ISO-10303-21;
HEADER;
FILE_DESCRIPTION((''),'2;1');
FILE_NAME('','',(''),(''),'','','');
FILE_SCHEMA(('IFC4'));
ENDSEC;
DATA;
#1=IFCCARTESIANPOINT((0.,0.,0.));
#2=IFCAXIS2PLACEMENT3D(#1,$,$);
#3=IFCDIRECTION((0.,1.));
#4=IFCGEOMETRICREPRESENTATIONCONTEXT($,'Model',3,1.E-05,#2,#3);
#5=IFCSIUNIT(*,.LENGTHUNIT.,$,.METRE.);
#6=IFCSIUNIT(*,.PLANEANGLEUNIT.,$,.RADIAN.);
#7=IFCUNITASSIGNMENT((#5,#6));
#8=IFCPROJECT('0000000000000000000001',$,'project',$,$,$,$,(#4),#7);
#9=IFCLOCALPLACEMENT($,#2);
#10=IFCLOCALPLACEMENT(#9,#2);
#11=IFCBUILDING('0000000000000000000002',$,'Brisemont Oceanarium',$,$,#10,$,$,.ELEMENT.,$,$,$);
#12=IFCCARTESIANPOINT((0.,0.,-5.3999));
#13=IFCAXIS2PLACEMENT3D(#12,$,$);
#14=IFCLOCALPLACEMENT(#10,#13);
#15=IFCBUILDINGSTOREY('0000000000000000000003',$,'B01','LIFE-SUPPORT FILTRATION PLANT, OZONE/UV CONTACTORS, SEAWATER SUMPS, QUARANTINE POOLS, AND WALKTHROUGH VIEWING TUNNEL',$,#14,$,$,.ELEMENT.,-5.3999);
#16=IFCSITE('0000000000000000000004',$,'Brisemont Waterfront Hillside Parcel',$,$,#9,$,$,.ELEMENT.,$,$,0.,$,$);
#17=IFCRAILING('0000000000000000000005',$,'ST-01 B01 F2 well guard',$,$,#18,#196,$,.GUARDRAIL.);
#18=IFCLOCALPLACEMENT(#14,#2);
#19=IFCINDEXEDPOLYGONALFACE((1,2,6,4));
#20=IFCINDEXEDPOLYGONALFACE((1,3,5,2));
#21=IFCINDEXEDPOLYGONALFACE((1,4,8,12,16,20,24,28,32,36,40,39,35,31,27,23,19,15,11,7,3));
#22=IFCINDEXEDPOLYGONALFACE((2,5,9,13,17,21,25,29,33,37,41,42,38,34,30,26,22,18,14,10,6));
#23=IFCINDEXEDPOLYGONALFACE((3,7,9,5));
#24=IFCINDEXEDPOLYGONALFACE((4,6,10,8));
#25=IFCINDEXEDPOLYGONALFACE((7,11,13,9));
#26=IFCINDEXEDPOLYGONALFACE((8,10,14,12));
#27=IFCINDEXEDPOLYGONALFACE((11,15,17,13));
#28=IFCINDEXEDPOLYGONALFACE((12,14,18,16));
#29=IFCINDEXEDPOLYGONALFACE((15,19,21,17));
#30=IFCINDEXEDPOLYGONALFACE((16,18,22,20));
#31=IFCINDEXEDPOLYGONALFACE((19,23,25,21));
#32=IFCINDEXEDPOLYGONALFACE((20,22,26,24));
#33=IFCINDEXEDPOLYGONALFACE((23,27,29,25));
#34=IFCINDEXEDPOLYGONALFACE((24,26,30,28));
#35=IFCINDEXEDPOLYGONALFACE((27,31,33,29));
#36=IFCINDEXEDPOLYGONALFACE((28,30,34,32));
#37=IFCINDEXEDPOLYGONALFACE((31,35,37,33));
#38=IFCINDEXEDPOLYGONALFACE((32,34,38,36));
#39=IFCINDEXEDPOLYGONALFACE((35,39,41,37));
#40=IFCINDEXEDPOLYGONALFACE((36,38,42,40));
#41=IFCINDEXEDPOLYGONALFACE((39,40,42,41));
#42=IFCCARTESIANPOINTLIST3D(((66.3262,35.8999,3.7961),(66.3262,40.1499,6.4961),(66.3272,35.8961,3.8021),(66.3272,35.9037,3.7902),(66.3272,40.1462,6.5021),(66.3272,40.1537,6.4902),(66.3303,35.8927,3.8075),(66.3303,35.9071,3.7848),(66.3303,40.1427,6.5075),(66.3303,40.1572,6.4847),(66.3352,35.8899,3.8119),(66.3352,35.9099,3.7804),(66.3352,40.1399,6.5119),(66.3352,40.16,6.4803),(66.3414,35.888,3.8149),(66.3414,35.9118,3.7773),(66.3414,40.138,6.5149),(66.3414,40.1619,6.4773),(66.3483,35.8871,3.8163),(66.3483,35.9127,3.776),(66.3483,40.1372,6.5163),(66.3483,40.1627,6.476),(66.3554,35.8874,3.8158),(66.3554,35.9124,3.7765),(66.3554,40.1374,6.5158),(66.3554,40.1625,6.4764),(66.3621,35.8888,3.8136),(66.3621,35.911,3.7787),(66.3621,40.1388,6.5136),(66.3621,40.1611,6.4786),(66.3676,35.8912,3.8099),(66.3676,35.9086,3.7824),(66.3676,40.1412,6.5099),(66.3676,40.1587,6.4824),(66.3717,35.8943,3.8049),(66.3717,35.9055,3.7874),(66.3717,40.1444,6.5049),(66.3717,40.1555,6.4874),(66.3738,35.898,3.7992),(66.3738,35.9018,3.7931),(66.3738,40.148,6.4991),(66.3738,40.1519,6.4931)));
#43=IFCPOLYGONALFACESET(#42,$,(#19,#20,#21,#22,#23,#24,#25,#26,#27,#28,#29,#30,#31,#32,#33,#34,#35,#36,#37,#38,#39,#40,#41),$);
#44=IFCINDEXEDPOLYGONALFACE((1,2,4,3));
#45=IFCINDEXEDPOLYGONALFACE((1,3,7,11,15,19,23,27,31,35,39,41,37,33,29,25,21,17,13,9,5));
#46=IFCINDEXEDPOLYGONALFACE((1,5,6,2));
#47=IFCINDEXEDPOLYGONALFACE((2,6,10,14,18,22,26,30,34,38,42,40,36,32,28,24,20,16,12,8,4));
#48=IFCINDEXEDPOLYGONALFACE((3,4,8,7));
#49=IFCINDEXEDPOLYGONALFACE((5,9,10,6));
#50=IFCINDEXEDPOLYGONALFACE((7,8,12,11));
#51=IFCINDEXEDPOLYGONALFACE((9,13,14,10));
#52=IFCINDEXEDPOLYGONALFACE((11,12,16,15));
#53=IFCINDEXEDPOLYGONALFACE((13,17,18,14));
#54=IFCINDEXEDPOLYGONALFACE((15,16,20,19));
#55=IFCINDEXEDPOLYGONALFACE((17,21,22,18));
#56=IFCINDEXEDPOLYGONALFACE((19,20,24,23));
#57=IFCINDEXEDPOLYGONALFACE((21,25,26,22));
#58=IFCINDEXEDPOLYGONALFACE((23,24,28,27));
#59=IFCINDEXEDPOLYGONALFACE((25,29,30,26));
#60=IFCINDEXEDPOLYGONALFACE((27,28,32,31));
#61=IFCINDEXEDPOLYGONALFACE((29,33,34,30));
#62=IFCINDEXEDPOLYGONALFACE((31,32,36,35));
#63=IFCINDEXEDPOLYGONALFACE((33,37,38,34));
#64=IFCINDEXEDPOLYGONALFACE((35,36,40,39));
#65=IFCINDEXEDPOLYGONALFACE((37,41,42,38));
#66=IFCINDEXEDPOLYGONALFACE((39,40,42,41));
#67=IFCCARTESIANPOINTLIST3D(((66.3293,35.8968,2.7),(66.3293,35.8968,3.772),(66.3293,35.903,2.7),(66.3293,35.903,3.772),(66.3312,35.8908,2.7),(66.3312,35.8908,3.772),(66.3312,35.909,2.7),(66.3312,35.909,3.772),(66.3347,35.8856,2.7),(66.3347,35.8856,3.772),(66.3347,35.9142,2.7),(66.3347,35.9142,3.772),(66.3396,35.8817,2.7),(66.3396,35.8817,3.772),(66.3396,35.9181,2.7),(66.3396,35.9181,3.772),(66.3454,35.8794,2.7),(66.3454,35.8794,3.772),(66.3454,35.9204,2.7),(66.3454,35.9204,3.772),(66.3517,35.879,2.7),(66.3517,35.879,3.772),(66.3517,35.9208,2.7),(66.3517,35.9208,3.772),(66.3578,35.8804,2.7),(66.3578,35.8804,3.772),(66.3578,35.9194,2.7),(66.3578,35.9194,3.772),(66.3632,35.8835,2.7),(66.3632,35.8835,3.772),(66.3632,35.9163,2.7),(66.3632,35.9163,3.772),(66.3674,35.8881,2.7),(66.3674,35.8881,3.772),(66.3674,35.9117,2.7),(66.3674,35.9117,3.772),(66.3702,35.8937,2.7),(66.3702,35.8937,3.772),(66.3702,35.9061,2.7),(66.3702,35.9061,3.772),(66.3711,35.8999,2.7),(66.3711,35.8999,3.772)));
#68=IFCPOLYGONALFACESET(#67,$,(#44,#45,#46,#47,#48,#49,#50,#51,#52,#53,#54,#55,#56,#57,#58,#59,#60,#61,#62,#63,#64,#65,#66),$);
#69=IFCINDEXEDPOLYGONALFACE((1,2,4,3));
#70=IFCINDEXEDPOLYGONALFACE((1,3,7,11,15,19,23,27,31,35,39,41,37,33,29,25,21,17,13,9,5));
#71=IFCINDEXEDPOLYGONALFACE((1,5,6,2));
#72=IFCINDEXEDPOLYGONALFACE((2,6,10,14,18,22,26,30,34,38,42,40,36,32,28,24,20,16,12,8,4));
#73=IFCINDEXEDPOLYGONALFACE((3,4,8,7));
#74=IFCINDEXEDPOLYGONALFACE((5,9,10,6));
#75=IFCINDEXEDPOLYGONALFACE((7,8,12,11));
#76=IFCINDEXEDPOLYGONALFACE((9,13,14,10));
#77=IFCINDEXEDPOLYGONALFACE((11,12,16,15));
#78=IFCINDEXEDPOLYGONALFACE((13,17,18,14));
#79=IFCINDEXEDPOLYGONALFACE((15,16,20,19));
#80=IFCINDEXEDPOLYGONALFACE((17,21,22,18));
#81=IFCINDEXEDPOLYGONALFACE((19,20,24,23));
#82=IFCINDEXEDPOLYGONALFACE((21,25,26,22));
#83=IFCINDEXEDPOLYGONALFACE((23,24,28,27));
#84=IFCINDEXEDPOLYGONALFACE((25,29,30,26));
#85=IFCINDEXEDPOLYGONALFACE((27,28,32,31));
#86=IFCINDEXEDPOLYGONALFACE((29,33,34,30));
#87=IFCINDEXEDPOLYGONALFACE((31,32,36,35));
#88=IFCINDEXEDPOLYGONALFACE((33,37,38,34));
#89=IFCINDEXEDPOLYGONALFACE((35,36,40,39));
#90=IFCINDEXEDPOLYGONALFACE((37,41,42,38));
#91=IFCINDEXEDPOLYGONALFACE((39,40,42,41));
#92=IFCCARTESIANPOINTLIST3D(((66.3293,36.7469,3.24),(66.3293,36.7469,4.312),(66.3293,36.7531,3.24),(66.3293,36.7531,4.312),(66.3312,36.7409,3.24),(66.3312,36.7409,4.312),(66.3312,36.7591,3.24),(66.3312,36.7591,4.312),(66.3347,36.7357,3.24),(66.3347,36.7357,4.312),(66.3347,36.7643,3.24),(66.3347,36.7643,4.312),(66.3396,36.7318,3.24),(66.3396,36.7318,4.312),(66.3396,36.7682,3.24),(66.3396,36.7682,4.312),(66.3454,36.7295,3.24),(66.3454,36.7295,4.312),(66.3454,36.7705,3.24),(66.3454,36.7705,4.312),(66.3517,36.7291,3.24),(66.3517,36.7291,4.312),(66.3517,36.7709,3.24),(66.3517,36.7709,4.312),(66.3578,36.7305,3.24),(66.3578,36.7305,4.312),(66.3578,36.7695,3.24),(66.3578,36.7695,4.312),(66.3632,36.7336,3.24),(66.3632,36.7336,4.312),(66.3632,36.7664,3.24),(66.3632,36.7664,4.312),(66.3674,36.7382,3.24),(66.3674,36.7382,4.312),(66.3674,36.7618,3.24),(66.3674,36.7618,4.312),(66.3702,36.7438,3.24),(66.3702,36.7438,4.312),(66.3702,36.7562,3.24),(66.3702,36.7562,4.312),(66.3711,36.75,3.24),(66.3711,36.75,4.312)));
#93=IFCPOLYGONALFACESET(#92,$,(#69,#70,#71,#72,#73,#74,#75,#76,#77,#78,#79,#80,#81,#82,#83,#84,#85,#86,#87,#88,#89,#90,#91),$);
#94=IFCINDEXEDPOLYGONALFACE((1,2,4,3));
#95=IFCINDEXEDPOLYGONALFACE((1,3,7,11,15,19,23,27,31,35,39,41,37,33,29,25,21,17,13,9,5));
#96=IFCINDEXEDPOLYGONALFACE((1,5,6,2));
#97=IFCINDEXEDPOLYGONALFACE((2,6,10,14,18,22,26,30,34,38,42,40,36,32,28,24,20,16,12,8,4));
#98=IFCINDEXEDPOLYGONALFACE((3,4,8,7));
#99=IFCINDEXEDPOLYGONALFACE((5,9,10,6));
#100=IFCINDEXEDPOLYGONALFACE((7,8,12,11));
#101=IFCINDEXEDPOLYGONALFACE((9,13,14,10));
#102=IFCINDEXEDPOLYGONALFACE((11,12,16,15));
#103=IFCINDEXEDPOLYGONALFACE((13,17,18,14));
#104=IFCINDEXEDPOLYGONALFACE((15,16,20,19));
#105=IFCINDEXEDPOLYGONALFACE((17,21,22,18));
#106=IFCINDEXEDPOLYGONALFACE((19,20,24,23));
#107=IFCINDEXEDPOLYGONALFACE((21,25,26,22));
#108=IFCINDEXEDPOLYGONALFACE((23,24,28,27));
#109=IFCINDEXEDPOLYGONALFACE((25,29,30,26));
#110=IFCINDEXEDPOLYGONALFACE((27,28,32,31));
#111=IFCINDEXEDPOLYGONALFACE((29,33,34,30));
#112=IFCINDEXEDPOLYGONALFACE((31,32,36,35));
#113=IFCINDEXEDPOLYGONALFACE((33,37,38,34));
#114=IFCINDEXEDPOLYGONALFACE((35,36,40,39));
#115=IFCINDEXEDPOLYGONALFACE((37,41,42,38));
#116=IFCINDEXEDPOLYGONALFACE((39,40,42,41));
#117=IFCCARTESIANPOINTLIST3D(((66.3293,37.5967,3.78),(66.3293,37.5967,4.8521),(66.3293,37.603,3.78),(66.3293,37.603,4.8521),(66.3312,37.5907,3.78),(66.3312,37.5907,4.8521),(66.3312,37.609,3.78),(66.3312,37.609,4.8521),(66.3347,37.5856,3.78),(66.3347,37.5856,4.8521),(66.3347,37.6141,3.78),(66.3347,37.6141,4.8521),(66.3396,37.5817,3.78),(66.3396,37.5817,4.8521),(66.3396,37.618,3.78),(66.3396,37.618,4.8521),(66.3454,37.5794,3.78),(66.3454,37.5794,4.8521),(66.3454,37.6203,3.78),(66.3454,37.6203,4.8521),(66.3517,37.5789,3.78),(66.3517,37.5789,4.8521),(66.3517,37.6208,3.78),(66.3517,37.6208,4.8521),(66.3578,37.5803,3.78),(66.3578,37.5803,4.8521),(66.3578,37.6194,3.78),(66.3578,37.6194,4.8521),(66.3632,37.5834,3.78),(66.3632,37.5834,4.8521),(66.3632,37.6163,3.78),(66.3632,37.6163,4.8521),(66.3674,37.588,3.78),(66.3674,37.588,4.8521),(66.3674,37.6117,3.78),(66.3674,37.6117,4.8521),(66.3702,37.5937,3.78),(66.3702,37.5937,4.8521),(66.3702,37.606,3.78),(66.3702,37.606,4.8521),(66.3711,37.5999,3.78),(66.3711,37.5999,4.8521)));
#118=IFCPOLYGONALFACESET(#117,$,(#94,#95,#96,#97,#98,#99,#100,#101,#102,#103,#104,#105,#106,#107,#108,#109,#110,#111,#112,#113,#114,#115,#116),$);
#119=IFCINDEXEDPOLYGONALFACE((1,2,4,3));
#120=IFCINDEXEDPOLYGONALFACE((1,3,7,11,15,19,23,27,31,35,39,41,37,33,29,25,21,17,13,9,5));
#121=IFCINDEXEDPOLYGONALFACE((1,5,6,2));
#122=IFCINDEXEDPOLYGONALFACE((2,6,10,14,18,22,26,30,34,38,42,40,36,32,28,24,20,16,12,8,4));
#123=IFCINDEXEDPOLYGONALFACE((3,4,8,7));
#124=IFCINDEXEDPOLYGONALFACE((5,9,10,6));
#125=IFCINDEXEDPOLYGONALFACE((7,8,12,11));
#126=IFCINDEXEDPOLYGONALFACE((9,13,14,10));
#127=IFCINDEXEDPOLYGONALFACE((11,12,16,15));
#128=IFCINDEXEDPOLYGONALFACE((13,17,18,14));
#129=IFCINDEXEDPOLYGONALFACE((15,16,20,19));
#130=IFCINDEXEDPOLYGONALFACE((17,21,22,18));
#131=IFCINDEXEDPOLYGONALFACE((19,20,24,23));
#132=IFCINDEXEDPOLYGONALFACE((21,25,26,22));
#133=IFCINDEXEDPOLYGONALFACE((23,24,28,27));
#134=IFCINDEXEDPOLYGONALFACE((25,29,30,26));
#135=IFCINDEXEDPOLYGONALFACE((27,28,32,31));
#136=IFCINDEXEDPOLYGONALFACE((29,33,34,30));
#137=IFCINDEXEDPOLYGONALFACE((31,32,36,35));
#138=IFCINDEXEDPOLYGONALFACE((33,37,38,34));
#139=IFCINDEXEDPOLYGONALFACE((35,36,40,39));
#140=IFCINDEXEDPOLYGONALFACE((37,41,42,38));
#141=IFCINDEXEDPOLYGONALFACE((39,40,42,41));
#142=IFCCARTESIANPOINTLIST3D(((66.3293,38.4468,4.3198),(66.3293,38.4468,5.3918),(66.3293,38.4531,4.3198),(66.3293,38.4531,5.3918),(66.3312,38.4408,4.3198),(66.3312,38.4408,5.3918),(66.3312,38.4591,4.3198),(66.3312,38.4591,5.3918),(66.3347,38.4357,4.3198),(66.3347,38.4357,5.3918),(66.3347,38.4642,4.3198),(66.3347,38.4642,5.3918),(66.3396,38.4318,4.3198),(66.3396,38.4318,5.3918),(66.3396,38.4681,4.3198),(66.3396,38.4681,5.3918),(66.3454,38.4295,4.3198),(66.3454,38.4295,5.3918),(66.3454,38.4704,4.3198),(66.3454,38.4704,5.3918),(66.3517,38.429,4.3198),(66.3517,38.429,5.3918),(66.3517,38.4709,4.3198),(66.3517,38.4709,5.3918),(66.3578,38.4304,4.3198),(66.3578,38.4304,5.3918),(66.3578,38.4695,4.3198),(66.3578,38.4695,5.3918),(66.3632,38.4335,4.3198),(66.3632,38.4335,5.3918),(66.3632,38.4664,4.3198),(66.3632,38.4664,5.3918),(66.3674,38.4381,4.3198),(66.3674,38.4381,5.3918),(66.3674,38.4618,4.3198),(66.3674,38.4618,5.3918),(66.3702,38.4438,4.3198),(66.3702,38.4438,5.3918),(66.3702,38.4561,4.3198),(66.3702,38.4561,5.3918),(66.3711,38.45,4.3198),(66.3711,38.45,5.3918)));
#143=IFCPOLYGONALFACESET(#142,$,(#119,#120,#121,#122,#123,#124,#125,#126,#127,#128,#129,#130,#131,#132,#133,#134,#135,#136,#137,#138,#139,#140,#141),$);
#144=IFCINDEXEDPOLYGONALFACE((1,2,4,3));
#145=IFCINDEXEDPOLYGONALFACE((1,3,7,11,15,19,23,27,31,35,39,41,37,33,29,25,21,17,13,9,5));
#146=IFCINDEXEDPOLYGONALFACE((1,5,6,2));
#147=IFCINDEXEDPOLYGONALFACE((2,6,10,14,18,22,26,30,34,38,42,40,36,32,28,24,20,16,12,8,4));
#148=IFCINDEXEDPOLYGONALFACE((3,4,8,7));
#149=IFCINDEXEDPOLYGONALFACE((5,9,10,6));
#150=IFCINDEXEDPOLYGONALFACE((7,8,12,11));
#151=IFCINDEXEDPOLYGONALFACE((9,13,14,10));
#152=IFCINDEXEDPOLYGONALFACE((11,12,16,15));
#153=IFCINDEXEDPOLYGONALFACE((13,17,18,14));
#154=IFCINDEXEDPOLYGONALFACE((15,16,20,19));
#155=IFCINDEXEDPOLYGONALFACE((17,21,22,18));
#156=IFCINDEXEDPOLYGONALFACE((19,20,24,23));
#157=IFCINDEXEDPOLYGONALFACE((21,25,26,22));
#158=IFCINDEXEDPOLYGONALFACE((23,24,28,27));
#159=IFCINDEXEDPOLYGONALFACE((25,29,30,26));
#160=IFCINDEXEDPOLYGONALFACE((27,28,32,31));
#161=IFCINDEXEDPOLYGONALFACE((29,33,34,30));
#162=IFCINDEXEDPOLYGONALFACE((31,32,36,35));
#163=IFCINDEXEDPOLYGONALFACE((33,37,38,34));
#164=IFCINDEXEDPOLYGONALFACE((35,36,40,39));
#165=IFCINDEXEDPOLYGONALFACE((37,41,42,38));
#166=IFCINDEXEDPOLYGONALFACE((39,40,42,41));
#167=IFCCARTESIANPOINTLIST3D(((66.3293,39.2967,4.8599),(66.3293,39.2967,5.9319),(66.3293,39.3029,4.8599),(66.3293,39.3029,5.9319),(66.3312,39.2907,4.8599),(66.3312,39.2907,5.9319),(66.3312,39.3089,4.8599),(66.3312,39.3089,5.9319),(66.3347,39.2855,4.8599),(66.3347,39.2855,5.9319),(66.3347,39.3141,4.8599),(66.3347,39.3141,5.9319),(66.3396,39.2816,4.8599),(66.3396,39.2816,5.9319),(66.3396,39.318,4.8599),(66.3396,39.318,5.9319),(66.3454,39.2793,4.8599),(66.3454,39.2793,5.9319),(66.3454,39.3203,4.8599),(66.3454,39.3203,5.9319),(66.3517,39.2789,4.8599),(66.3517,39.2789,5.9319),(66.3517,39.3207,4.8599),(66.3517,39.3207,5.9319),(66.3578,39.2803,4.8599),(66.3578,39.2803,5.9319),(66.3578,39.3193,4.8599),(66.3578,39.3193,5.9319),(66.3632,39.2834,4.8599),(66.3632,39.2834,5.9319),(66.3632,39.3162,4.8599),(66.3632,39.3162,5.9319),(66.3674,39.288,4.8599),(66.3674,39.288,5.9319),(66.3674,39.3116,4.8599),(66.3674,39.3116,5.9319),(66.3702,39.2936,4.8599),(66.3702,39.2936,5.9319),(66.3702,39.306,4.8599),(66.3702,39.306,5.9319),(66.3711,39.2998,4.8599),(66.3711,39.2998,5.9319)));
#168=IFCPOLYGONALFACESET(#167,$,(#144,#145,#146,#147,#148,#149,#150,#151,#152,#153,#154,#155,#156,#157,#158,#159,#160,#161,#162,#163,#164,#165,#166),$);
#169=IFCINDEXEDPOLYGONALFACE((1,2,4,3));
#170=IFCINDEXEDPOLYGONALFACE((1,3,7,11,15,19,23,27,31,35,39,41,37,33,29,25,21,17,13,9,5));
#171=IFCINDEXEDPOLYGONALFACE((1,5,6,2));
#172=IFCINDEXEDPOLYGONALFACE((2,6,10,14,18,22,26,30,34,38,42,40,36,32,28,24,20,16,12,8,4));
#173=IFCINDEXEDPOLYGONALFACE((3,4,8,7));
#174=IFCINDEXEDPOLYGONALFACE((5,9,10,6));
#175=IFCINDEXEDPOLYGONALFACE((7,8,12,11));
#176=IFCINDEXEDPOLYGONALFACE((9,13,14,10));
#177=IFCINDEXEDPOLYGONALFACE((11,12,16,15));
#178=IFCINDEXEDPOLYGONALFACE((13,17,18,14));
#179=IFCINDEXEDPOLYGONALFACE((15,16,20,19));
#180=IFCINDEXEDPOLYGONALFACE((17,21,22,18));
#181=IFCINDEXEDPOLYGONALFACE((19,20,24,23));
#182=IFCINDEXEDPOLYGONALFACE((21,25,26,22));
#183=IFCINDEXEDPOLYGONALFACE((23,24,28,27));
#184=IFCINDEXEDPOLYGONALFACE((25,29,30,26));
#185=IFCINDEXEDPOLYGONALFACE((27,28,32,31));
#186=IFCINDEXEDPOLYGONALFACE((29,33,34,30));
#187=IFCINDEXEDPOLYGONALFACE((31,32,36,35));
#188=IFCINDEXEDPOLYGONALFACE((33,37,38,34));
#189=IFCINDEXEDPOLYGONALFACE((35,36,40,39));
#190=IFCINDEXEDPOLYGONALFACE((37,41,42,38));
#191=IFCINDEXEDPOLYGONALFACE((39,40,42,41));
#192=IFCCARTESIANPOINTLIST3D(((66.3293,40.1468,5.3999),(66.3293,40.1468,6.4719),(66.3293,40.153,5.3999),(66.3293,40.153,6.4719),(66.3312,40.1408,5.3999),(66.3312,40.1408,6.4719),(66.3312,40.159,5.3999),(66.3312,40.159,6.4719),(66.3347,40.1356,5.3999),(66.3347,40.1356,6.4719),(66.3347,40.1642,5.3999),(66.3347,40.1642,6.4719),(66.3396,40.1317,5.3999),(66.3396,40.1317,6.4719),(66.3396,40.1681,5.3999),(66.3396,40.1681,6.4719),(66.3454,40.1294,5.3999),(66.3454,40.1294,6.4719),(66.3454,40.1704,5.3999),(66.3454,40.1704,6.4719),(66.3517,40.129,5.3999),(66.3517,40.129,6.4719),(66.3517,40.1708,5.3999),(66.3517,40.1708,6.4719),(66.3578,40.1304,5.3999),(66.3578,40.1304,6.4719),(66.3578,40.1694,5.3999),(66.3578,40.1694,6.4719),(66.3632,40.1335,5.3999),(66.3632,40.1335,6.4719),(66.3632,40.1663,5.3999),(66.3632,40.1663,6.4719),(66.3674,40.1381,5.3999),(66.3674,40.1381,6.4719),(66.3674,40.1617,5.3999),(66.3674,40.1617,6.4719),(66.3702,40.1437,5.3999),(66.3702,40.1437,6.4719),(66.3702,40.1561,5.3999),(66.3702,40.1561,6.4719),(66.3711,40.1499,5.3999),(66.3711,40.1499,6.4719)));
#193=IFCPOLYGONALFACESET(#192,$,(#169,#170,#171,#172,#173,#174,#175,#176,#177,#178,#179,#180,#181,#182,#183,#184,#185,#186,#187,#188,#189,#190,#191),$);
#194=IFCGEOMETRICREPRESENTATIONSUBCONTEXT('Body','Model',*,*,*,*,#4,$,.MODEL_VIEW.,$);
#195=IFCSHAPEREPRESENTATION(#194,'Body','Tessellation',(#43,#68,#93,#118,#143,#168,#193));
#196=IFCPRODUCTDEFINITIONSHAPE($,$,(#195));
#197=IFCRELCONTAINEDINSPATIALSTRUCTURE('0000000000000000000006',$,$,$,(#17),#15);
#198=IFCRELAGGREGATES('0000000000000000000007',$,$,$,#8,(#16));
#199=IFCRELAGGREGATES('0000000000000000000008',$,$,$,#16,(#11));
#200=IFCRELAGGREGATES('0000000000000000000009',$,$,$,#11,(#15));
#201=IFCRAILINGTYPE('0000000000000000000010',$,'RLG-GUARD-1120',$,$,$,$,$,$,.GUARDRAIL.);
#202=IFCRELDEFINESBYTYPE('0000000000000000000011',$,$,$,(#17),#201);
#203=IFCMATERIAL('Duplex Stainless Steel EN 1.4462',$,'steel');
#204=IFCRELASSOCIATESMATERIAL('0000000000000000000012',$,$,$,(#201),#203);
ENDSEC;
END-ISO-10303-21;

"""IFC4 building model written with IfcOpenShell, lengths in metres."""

from ifc_helpers import new_model, si_unit, direction, frame, origin, origin_2d, place, context, subcontext, project, spatial, circle, extrude, material, type_object, element, save


model = new_model("IFC4")

# Units and contexts
model_context = context("Model", 3, precision=1e-05, world=origin(), true_north=direction((0.0, 1.0)))
body_context = subcontext(model_context, "Body", "Model", "MODEL_VIEW")
ifc_project = project(units=[si_unit("LENGTHUNIT", "METRE"), si_unit("PLANEANGLEUNIT", "RADIAN")], contexts=[model_context])

# Site, building, storey
site_placement = place(None, origin())
site = spatial("IfcSite", under=ifc_project, at=site_placement, Name="Brisemont Waterfront Hillside Parcel", CompositionType="ELEMENT", RefElevation=0.0)
building_placement = place(site_placement, origin())
building = spatial("IfcBuilding", under=site, at=building_placement, Name="Brisemont Oceanarium", CompositionType="ELEMENT")
storey_placement = place(building_placement, frame((0.0, 0.0, -5.3999)))
storey = spatial("IfcBuildingStorey", under=building, at=storey_placement, Name="B01", Description="LIFE-SUPPORT FILTRATION PLANT, OZONE/UV CONTACTORS, SEAWATER SUMPS, QUARANTINE POOLS, AND WALKTHROUGH VIEWING TUNNEL", CompositionType="ELEMENT", Elevation=-5.3999)

# Railing
ifc_material_1 = material(Name="Duplex Stainless Steel EN 1.4462", Category="steel")
railing_type_1 = type_object("IfcRailingType", Name="RLG-GUARD-1120", PredefinedType="GUARDRAIL", material=ifc_material_1)
railing_1_placement = place(storey_placement, frame((66.3501, 35.8999, 2.7)))
element("IfcRailing", 1, at=railing_1_placement, inside=storey, type_object=railing_type_1, Name="ST-01 B01 F2 well guard", PredefinedType="GUARDRAIL", context=body_context, shape_type="SweptSolid", body=[
    extrude(circle(Radius=0.0239, at=origin_2d()), frame((0.0, 0.0, 1.0962), z_axis=(0.0, 0.844075, 0.536226), x_axis=(-1.0, 0.0, 0.0)), (0.0, 0.0, 1.0), 5.0352),
    extrude(circle(Radius=0.021, at=origin_2d()), origin(), (0.0, 0.0, 1.0), 1.072),
    extrude(circle(Radius=0.021, at=origin_2d()), frame((0.0, 0.8501, 0.54)), (0.0, 0.0, 1.0), 1.072),
    extrude(circle(Radius=0.021, at=origin_2d()), frame((0.0, 1.7, 1.0801)), (0.0, 0.0, 1.0), 1.072),
    extrude(circle(Radius=0.021, at=origin_2d()), frame((0.0, 2.55, 1.6199)), (0.0, 0.0, 1.0), 1.072),
    extrude(circle(Radius=0.021, at=origin_2d()), frame((0.0, 3.3999, 2.1599)), (0.0, 0.0, 1.0), 1.072),
    extrude(circle(Radius=0.021, at=origin_2d()), frame((0.0, 4.25, 2.7)), (0.0, 0.0, 1.0), 1.072),
])

save(model, "model.ifc")
